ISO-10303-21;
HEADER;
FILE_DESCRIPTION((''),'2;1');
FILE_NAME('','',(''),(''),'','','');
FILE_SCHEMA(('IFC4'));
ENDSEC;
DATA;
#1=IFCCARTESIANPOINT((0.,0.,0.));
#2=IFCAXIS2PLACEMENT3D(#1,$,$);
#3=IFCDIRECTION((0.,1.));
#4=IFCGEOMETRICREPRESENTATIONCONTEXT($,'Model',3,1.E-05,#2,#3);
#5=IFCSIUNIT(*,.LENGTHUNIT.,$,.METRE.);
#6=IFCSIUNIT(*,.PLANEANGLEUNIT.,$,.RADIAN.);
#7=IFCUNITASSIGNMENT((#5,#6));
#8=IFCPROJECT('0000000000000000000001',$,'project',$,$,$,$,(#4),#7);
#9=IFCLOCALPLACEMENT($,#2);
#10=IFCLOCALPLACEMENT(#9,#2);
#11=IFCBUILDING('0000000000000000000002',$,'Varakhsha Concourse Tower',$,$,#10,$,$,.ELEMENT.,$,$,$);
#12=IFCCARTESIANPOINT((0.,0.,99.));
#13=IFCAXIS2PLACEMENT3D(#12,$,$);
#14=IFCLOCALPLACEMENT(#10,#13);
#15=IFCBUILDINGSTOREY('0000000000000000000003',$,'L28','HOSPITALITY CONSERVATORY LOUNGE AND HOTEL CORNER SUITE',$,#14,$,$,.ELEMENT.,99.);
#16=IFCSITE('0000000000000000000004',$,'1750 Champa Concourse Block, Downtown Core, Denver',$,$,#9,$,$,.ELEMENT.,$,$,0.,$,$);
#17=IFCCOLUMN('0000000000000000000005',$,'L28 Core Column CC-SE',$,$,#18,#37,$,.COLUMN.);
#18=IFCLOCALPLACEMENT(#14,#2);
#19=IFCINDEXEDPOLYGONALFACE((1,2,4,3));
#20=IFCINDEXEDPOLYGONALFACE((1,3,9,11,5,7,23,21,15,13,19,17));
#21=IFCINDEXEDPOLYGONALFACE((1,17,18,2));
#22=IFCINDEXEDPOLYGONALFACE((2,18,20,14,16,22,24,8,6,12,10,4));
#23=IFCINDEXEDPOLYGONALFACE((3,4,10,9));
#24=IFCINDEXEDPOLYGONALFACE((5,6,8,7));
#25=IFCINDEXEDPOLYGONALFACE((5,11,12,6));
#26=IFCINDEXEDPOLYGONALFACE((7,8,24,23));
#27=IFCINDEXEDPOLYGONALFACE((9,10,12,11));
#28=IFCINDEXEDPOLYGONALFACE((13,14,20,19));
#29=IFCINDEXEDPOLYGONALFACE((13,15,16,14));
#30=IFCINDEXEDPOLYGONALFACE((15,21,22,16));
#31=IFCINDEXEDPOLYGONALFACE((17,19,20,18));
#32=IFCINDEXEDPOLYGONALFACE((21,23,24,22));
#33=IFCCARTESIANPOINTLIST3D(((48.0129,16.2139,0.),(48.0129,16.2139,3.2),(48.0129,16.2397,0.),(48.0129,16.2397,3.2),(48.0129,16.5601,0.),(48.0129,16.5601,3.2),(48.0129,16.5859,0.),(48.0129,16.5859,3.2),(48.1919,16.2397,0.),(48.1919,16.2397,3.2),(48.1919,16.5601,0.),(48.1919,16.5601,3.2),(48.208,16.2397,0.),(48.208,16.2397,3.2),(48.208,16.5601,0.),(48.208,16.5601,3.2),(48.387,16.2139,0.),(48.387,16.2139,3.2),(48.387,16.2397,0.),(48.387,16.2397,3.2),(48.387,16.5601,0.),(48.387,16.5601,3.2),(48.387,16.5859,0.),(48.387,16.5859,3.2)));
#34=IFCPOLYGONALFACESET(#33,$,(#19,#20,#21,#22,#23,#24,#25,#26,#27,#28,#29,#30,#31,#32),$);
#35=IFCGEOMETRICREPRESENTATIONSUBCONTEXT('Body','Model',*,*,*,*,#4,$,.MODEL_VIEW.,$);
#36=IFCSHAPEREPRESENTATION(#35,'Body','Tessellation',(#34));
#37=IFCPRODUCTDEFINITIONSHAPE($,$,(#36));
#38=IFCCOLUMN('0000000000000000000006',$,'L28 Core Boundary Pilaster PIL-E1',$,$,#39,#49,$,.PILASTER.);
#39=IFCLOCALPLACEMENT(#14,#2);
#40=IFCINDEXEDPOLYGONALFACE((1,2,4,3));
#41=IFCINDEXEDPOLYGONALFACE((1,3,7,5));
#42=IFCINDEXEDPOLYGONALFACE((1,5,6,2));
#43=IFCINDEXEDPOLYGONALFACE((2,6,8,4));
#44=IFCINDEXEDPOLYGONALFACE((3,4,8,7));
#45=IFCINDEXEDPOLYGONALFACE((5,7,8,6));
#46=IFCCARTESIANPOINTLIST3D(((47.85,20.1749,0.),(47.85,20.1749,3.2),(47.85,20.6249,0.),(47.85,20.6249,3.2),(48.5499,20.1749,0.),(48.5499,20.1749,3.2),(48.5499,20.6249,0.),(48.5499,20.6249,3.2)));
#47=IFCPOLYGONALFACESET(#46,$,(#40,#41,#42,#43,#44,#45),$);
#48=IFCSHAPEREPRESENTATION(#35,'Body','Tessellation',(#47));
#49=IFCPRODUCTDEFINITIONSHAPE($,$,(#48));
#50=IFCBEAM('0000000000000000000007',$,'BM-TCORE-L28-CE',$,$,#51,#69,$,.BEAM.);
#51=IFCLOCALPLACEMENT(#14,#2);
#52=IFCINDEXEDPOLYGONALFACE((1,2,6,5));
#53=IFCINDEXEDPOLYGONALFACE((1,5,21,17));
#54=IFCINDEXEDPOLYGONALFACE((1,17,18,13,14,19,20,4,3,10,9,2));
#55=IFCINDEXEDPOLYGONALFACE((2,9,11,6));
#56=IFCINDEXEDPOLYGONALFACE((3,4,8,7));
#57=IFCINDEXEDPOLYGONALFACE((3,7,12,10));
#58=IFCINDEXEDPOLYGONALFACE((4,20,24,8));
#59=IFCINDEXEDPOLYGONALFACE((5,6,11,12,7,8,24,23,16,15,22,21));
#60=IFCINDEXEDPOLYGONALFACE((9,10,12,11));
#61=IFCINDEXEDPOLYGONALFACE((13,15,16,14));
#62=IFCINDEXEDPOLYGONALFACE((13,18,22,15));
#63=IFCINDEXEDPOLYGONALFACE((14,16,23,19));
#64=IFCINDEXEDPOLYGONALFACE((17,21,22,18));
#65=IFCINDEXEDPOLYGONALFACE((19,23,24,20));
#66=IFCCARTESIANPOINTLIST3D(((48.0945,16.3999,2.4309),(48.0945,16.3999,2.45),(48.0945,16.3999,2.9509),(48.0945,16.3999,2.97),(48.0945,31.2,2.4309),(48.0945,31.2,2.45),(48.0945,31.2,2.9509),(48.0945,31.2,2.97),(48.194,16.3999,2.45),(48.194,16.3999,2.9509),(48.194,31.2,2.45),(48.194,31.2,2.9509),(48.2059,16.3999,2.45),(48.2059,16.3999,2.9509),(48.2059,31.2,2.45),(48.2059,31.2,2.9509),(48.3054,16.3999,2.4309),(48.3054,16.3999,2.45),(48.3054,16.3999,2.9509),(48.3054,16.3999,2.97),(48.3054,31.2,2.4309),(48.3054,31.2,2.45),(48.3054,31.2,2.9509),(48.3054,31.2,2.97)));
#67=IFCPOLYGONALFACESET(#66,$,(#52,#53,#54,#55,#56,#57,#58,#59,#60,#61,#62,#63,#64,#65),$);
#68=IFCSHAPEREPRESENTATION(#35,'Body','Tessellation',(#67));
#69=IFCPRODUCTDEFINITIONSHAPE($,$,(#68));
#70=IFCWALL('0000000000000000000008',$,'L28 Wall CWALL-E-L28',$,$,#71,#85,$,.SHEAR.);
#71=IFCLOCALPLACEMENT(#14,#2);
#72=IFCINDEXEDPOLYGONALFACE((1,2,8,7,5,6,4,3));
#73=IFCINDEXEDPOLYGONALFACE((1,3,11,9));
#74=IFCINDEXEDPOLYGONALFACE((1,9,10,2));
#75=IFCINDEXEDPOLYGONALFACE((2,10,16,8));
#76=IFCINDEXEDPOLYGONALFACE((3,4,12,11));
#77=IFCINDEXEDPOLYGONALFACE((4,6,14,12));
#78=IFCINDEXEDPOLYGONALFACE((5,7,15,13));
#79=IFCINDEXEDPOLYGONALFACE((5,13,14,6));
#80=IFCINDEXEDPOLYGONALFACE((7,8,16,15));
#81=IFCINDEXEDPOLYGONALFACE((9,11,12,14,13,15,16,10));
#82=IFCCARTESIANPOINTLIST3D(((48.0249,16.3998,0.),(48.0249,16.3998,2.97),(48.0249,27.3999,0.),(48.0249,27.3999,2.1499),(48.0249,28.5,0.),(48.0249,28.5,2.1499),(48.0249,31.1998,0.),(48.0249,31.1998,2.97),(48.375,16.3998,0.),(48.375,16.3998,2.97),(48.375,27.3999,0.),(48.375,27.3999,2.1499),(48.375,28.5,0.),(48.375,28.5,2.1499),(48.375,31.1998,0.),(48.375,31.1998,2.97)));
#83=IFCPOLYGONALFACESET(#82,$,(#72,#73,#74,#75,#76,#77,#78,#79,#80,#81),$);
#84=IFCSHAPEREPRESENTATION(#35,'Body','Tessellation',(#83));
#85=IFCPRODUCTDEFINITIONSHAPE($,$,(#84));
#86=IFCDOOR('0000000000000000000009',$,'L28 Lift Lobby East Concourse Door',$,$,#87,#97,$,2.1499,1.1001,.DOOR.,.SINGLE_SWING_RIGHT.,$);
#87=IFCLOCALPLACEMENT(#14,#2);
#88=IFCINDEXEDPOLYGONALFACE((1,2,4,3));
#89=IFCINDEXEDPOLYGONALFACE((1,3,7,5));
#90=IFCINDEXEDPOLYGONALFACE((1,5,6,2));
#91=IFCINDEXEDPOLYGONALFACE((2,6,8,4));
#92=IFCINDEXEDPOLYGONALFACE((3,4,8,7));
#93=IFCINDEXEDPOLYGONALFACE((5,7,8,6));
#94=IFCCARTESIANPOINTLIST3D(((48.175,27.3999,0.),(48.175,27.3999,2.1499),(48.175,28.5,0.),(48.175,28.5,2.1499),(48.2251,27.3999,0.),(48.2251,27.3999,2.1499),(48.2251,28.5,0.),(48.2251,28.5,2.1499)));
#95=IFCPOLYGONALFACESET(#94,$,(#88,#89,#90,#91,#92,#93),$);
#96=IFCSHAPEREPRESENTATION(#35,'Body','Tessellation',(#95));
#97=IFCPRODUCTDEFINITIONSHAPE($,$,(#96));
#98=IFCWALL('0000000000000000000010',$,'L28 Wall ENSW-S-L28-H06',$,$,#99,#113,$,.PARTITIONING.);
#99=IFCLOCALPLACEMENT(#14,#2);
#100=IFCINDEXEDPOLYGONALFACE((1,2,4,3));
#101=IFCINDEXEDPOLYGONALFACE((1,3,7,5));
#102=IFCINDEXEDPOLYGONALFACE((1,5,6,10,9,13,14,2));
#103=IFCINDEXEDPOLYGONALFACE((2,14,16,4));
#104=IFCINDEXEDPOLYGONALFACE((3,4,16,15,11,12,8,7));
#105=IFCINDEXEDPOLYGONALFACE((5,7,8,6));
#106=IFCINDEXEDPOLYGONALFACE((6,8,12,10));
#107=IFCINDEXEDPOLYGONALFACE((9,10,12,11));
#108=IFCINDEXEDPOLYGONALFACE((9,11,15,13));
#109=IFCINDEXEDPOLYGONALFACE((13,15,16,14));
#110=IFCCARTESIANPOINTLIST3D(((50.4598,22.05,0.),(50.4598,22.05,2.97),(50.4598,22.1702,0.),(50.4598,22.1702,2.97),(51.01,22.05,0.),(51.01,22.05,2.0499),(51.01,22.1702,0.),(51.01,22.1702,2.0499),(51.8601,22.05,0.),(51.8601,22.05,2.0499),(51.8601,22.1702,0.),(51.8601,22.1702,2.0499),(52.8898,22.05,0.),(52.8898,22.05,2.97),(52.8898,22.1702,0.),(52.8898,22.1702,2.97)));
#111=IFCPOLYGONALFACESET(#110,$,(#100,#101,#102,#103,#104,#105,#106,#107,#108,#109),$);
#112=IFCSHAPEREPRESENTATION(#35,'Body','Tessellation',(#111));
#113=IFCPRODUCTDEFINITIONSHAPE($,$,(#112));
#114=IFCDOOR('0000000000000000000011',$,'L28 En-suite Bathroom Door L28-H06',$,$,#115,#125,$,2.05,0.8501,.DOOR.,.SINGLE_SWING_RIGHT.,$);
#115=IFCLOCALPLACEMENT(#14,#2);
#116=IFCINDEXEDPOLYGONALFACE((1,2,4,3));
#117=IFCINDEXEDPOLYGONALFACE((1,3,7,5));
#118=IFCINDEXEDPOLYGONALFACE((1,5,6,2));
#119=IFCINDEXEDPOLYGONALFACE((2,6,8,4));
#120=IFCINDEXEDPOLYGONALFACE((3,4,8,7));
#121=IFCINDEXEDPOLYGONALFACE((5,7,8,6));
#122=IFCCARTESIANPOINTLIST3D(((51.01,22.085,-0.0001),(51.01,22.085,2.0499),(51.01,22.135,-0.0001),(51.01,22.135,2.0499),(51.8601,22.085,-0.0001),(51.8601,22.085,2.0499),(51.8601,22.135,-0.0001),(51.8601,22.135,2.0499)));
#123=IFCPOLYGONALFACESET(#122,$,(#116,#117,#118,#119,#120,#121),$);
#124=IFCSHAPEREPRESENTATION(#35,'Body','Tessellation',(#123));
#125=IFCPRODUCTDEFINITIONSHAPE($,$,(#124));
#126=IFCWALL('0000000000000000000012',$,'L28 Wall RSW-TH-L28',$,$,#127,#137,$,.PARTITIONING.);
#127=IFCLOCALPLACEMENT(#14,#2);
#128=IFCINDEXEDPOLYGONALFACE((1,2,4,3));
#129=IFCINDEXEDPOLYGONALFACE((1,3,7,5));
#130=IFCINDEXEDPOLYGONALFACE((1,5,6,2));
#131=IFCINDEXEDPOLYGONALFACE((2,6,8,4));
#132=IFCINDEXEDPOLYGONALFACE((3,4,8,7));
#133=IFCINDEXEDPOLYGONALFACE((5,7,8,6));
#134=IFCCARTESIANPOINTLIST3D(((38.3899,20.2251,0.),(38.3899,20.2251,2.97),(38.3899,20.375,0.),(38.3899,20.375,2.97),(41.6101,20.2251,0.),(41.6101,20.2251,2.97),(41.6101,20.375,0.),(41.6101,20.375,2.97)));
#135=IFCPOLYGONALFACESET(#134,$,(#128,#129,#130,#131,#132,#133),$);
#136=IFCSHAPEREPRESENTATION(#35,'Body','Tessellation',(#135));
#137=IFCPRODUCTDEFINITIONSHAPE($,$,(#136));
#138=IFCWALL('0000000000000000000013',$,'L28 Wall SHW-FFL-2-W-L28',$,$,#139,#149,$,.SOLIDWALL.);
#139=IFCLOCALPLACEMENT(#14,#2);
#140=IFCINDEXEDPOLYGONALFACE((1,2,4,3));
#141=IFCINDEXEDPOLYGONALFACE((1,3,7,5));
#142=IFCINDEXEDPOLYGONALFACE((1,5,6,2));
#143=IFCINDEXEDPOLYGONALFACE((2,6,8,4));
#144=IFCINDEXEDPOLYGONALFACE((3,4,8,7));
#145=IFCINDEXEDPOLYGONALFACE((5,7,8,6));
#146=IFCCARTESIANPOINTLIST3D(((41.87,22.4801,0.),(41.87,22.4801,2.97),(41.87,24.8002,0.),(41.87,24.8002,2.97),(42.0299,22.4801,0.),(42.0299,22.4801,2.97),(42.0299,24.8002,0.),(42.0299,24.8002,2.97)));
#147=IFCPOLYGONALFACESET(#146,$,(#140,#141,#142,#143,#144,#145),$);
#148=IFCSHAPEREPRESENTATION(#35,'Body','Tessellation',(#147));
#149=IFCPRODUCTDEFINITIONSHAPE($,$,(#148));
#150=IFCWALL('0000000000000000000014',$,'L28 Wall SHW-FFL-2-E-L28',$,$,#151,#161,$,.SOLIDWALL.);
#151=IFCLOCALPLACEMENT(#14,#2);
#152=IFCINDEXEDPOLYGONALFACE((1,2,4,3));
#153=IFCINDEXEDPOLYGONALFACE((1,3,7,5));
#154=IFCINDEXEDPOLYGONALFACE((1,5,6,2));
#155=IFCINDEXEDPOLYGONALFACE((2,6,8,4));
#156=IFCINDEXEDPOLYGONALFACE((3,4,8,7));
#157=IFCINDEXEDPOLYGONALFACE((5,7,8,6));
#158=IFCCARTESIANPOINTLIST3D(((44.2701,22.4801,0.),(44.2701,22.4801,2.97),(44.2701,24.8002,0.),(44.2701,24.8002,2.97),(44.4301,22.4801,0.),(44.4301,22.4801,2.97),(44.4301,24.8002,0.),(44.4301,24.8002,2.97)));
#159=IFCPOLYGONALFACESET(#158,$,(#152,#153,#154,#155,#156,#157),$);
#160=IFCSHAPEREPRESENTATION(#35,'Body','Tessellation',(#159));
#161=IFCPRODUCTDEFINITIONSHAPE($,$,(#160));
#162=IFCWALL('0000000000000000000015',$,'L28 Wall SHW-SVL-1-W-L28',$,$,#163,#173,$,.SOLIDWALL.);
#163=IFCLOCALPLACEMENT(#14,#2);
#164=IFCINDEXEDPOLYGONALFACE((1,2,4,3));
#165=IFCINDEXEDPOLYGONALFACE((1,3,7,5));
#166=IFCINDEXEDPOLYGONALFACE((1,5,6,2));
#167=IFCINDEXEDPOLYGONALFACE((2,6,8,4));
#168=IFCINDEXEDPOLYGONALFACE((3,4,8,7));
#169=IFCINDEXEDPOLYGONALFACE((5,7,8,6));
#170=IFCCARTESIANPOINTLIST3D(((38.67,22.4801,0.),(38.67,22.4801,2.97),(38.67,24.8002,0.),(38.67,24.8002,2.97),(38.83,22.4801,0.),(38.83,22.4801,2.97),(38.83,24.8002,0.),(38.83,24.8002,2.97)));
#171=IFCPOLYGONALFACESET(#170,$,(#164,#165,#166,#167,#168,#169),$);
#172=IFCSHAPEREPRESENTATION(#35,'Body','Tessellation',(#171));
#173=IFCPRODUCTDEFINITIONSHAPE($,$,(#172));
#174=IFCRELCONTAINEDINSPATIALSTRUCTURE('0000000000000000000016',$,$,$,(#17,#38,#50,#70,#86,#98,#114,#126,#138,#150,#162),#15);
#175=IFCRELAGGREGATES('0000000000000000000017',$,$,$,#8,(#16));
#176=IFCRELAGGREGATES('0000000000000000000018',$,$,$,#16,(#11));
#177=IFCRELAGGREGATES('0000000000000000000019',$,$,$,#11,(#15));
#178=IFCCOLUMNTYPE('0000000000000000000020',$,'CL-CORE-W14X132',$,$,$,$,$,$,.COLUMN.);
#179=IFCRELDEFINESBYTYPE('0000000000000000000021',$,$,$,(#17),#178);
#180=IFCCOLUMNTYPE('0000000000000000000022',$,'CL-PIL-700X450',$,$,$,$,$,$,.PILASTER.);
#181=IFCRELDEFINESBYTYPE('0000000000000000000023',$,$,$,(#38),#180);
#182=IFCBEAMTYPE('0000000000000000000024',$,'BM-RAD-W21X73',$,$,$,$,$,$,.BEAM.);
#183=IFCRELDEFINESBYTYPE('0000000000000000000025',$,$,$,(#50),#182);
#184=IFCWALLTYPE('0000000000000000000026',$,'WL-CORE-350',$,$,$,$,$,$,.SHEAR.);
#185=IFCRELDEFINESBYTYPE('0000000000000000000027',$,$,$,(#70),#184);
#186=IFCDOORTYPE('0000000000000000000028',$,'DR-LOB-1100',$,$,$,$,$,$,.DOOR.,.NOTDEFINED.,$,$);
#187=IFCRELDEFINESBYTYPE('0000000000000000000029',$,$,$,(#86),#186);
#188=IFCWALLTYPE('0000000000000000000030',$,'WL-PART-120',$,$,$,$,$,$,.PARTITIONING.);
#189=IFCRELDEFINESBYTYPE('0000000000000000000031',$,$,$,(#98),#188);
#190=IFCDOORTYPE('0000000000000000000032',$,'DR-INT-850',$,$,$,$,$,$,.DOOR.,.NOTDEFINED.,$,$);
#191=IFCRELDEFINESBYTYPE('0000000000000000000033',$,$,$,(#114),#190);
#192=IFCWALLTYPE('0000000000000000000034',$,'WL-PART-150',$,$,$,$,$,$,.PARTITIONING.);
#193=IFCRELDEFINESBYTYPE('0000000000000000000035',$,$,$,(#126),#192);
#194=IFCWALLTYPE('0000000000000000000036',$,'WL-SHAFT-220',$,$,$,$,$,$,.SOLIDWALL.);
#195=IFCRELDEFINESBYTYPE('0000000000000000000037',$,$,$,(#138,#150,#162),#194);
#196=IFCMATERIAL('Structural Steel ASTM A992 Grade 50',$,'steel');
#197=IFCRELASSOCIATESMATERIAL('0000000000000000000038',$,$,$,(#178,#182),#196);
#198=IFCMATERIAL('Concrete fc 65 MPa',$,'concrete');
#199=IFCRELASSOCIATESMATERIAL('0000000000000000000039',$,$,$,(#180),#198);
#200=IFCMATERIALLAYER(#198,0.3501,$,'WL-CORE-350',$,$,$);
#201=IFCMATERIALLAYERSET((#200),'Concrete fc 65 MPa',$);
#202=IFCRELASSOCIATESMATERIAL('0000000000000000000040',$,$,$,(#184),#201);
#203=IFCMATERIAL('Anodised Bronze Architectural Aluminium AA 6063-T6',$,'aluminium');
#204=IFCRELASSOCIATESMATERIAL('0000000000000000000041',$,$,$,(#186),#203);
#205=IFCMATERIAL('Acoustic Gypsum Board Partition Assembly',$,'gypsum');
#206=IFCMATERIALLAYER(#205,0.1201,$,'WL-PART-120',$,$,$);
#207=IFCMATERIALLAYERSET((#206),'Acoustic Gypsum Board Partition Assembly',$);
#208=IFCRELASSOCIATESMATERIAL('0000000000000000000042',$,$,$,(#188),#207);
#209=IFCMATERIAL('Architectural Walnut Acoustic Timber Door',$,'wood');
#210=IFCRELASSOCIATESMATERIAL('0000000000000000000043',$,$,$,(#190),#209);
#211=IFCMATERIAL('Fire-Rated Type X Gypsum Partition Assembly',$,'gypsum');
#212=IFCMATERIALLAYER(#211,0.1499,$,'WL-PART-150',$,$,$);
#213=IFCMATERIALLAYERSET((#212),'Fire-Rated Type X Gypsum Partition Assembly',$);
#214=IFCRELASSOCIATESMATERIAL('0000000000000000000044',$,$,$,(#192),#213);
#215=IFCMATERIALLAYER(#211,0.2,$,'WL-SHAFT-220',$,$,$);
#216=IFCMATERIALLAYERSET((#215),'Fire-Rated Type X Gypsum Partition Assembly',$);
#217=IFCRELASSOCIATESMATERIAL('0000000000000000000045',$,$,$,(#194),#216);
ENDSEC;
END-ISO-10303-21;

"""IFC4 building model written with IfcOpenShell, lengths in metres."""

from ifc_helpers import new_model, si_unit, direction, frame, frame_2d, origin, origin_2d, place, context, subcontext, project, spatial, rectangle, i_section, extrude, material, layer, layer_set, material_profile, profile_set, type_object, element, fill, save


model = new_model("IFC4")

# Units and contexts
model_context = context("Model", 3, precision=1e-05, world=origin(), true_north=direction((0.0, 1.0)))
body_context = subcontext(model_context, "Body", "Model", "MODEL_VIEW")
ifc_project = project(units=[si_unit("LENGTHUNIT", "METRE"), si_unit("PLANEANGLEUNIT", "RADIAN")], contexts=[model_context])

# Site, building, storey
site_placement = place(None, origin())
site = spatial("IfcSite", under=ifc_project, at=site_placement, Name="1750 Champa Concourse Block, Downtown Core, Denver", CompositionType="ELEMENT", RefElevation=0.0)
building_placement = place(site_placement, origin())
building = spatial("IfcBuilding", under=site, at=building_placement, Name="Varakhsha Concourse Tower", CompositionType="ELEMENT")
storey_placement = place(building_placement, frame((0.0, 0.0, 99.0)))
storey = spatial("IfcBuildingStorey", under=building, at=storey_placement, Name="L28", Description="HOSPITALITY CONSERVATORY LOUNGE AND HOTEL CORNER SUITE", CompositionType="ELEMENT", Elevation=99.0)

# Columns
ifc_material_1 = material(Name="Structural Steel ASTM A992 Grade 50", Category="steel")
ifc_material_profile_1 = material_profile(ifc_material_1, i_section(OverallWidth=0.374, OverallDepth=0.3721, WebThickness=0.0161, FlangeThickness=0.0259, at=origin_2d()), Name="W14X132")
ifc_profile_set_1 = profile_set([ifc_material_profile_1], Name="Structural Steel ASTM A992 Grade 50")
column_type_1 = type_object("IfcColumnType", Name="CL-CORE-W14X132", PredefinedType="COLUMN", material=ifc_profile_set_1)
column_1_placement = place(storey_placement, frame((48.2, 16.3999, 0.0), z_axis=(0.0, 0.0, 1.0), x_axis=(1.0, 0.0, 0.0)))
element("IfcColumn", 1, at=column_1_placement, inside=storey, type_object=column_type_1, Name="L28 Core Column CC-SE", PredefinedType="COLUMN", context=body_context, shape_type="SweptSolid", body=[
    extrude(i_section(OverallWidth=0.374, OverallDepth=0.3721, WebThickness=0.0161, FlangeThickness=0.0259, at=origin_2d()), origin(), (0.0, 0.0, 1.0), 3.2),
])
ifc_material_2 = material(Name="Concrete fc 65 MPa", Category="concrete")
ifc_material_profile_2 = material_profile(ifc_material_2, rectangle(XDim=0.7, YDim=0.45, at=origin_2d()), Name="RC 700x450")
ifc_profile_set_2 = profile_set([ifc_material_profile_2], Name="Concrete fc 65 MPa")
column_type_2 = type_object("IfcColumnType", Name="CL-PIL-700X450", PredefinedType="PILASTER", material=ifc_profile_set_2)
column_2_placement = place(storey_placement, frame((48.2, 20.3999, 0.0), z_axis=(0.0, 0.0, 1.0), x_axis=(1.0, 0.0, 0.0)))
element("IfcColumn", 2, at=column_2_placement, inside=storey, type_object=column_type_2, Name="L28 Core Boundary Pilaster PIL-E1", PredefinedType="PILASTER", context=body_context, shape_type="SweptSolid", body=[
    extrude(rectangle(XDim=0.7, YDim=0.45, at=origin_2d()), origin(), (0.0, 0.0, 1.0), 3.2),
])

# Beam
ifc_material_profile_3 = material_profile(ifc_material_1, i_section(OverallWidth=0.2109, OverallDepth=0.5391, WebThickness=0.012, FlangeThickness=0.019, at=origin_2d()), Name="W21X73")
ifc_profile_set_3 = profile_set([ifc_material_profile_3], Name="Structural Steel ASTM A992 Grade 50")
beam_type = type_object("IfcBeamType", Name="BM-RAD-W21X73", PredefinedType="BEAM", material=ifc_profile_set_3)
beam_placement = place(storey_placement, frame((48.2, 16.3999, 2.7004), z_axis=(0.0, 1.0, 0.0), x_axis=(-1.0, 0.0, 0.0)))
element("IfcBeam", 3, at=beam_placement, inside=storey, type_object=beam_type, Name="BM-TCORE-L28-CE", PredefinedType="BEAM", context=body_context, shape_type="SweptSolid", body=[
    extrude(i_section(OverallWidth=0.2109, OverallDepth=0.5391, WebThickness=0.012, FlangeThickness=0.019, at=origin_2d()), origin(), (0.0, 0.0, 1.0), 14.8),
])

# Walls, openings, doors
ifc_layer_1 = layer(ifc_material_2, 0.3501, Name="WL-CORE-350")
ifc_layer_set_1 = layer_set([ifc_layer_1], Name="Concrete fc 65 MPa")
wall_type_1 = type_object("IfcWallType", Name="WL-CORE-350", PredefinedType="SHEAR", material=ifc_layer_set_1)
wall_1_placement = place(storey_placement, frame((48.2, 16.3999, 0.0), z_axis=(0.0, 0.0, 1.0), x_axis=(0.0, 1.0, 0.0)))
wall_1 = element("IfcWall", 4, at=wall_1_placement, inside=storey, type_object=wall_type_1, Name="L28 Wall CWALL-E-L28", PredefinedType="SHEAR", context=body_context, shape_type="SweptSolid", body=[
    extrude(rectangle(XDim=14.8, YDim=0.3501, at=frame_2d((7.3999, 0.0))), origin(), (0.0, 0.0, 1.0), 2.97),
])
opening_1_placement = place(wall_1_placement, frame((11.0, 0.0, 0.0)))
opening_1 = element("IfcOpeningElement", 5, at=opening_1_placement, cuts=wall_1, PredefinedType="OPENING", context=body_context, shape_type="SweptSolid", body=[
    extrude(rectangle(XDim=1.1001, YDim=2.1499, at=frame_2d((0.55, 1.075))), frame((0.0, 0.1851, 0.0), z_axis=(0.0, -1.0, 0.0), x_axis=(1.0, 0.0, 0.0)), (0.0, 0.0, 1.0), 0.3701),
])
ifc_material_3 = material(Name="Anodised Bronze Architectural Aluminium AA 6063-T6", Category="aluminium")
door_type_1 = type_object("IfcDoorType", Name="DR-LOB-1100", OperationType="NOTDEFINED", PredefinedType="DOOR", material=ifc_material_3)
door_1_placement = place(opening_1_placement, origin())
door_1 = element("IfcDoor", 6, at=door_1_placement, inside=storey, type_object=door_type_1, Name="L28 Lift Lobby East Concourse Door", OperationType="SINGLE_SWING_RIGHT", OverallHeight=2.1499, OverallWidth=1.1001, PredefinedType="DOOR", context=body_context, shape_type="SweptSolid", body=[
    extrude(rectangle(XDim=1.1001, YDim=2.1499, at=frame_2d((0.55, 1.075))), frame((0.0, 0.0249, 0.0), z_axis=(0.0, -1.0, 0.0), x_axis=(1.0, 0.0, 0.0)), (0.0, 0.0, 1.0), 0.05),
])
fill(opening_1, door_1)
ifc_material_4 = material(Name="Acoustic Gypsum Board Partition Assembly", Category="gypsum")
ifc_layer_2 = layer(ifc_material_4, 0.1201, Name="WL-PART-120")
ifc_layer_set_2 = layer_set([ifc_layer_2], Name="Acoustic Gypsum Board Partition Assembly")
wall_type_2 = type_object("IfcWallType", Name="WL-PART-120", PredefinedType="PARTITIONING", material=ifc_layer_set_2)
wall_2_placement = place(storey_placement, frame((50.46, 22.1101, 0.0), z_axis=(0.0, 0.0, 1.0), x_axis=(1.0, 0.0, 0.0)))
wall_2 = element("IfcWall", 7, at=wall_2_placement, inside=storey, type_object=wall_type_2, Name="L28 Wall ENSW-S-L28-H06", PredefinedType="PARTITIONING", context=body_context, shape_type="SweptSolid", body=[
    extrude(rectangle(XDim=2.4299, YDim=0.1201, at=frame_2d((1.2148, 0.0))), origin(), (0.0, 0.0, 1.0), 2.97),
])
opening_2_placement = place(wall_2_placement, frame((0.55, 0.0, 0.0)))
opening_2 = element("IfcOpeningElement", 8, at=opening_2_placement, cuts=wall_2, PredefinedType="OPENING", context=body_context, shape_type="SweptSolid", body=[
    extrude(rectangle(XDim=0.8501, YDim=2.05, at=frame_2d((0.425, 1.0249))), frame((0.0, 0.0701, 0.0), z_axis=(0.0, -1.0, 0.0), x_axis=(1.0, 0.0, 0.0)), (0.0, 0.0, 1.0), 0.1401),
])
ifc_material_5 = material(Name="Architectural Walnut Acoustic Timber Door", Category="wood")
door_type_2 = type_object("IfcDoorType", Name="DR-INT-850", OperationType="NOTDEFINED", PredefinedType="DOOR", material=ifc_material_5)
door_2_placement = place(opening_2_placement, origin())
door_2 = element("IfcDoor", 9, at=door_2_placement, inside=storey, type_object=door_type_2, Name="L28 En-suite Bathroom Door L28-H06", OperationType="SINGLE_SWING_RIGHT", OverallHeight=2.05, OverallWidth=0.8501, PredefinedType="DOOR", context=body_context, shape_type="SweptSolid", body=[
    extrude(rectangle(XDim=0.8501, YDim=2.05, at=frame_2d((0.425, 1.0249))), frame((0.0, 0.0249, 0.0), z_axis=(0.0, -1.0, 0.0), x_axis=(1.0, 0.0, 0.0)), (0.0, 0.0, 1.0), 0.05),
])
fill(opening_2, door_2)

# Walls
ifc_material_6 = material(Name="Fire-Rated Type X Gypsum Partition Assembly", Category="gypsum")
ifc_layer_3 = layer(ifc_material_6, 0.1499, Name="WL-PART-150")
ifc_layer_set_3 = layer_set([ifc_layer_3], Name="Fire-Rated Type X Gypsum Partition Assembly")
wall_type_3 = type_object("IfcWallType", Name="WL-PART-150", PredefinedType="PARTITIONING", material=ifc_layer_set_3)
wall_3_placement = place(storey_placement, frame((38.3899, 20.3, 0.0), z_axis=(0.0, 0.0, 1.0), x_axis=(1.0, 0.0, 0.0)))
element("IfcWall", 10, at=wall_3_placement, inside=storey, type_object=wall_type_3, Name="L28 Wall RSW-TH-L28", PredefinedType="PARTITIONING", context=body_context, shape_type="SweptSolid", body=[
    extrude(rectangle(XDim=3.2202, YDim=0.1499, at=frame_2d((1.6101, 0.0))), origin(), (0.0, 0.0, 1.0), 2.97),
])
ifc_layer_4 = layer(ifc_material_6, 0.2, Name="WL-SHAFT-220")
ifc_layer_set_4 = layer_set([ifc_layer_4], Name="Fire-Rated Type X Gypsum Partition Assembly")
wall_type_4 = type_object("IfcWallType", Name="WL-SHAFT-220", PredefinedType="SOLIDWALL", material=ifc_layer_set_4)
for number, where, z_axis, x_axis, name in (
    (11, (41.95, 22.48, 0.0), (0.0, 0.0, 1.0), (0.0, 1.0, 0.0), "L28 Wall SHW-FFL-2-W-L28"),
    (12, (44.3501, 22.48, 0.0), (0.0, 0.0, 1.0), (0.0, 1.0, 0.0), "L28 Wall SHW-FFL-2-E-L28"),
    (13, (38.75, 22.48, 0.0), (0.0, 0.0, 1.0), (0.0, 1.0, 0.0), "L28 Wall SHW-SVL-1-W-L28"),
):
    element("IfcWall", number, at=place(storey_placement, frame(where, z_axis=z_axis, x_axis=x_axis)), inside=storey, type_object=wall_type_4, Name=name, PredefinedType="SOLIDWALL", context=body_context, shape_type="SweptSolid", body=[
        extrude(rectangle(XDim=2.3201, YDim=0.1599, at=frame_2d((1.1602, 0.0))), origin(), (0.0, 0.0, 1.0), 2.97),
    ])

save(model, "model.ifc")
